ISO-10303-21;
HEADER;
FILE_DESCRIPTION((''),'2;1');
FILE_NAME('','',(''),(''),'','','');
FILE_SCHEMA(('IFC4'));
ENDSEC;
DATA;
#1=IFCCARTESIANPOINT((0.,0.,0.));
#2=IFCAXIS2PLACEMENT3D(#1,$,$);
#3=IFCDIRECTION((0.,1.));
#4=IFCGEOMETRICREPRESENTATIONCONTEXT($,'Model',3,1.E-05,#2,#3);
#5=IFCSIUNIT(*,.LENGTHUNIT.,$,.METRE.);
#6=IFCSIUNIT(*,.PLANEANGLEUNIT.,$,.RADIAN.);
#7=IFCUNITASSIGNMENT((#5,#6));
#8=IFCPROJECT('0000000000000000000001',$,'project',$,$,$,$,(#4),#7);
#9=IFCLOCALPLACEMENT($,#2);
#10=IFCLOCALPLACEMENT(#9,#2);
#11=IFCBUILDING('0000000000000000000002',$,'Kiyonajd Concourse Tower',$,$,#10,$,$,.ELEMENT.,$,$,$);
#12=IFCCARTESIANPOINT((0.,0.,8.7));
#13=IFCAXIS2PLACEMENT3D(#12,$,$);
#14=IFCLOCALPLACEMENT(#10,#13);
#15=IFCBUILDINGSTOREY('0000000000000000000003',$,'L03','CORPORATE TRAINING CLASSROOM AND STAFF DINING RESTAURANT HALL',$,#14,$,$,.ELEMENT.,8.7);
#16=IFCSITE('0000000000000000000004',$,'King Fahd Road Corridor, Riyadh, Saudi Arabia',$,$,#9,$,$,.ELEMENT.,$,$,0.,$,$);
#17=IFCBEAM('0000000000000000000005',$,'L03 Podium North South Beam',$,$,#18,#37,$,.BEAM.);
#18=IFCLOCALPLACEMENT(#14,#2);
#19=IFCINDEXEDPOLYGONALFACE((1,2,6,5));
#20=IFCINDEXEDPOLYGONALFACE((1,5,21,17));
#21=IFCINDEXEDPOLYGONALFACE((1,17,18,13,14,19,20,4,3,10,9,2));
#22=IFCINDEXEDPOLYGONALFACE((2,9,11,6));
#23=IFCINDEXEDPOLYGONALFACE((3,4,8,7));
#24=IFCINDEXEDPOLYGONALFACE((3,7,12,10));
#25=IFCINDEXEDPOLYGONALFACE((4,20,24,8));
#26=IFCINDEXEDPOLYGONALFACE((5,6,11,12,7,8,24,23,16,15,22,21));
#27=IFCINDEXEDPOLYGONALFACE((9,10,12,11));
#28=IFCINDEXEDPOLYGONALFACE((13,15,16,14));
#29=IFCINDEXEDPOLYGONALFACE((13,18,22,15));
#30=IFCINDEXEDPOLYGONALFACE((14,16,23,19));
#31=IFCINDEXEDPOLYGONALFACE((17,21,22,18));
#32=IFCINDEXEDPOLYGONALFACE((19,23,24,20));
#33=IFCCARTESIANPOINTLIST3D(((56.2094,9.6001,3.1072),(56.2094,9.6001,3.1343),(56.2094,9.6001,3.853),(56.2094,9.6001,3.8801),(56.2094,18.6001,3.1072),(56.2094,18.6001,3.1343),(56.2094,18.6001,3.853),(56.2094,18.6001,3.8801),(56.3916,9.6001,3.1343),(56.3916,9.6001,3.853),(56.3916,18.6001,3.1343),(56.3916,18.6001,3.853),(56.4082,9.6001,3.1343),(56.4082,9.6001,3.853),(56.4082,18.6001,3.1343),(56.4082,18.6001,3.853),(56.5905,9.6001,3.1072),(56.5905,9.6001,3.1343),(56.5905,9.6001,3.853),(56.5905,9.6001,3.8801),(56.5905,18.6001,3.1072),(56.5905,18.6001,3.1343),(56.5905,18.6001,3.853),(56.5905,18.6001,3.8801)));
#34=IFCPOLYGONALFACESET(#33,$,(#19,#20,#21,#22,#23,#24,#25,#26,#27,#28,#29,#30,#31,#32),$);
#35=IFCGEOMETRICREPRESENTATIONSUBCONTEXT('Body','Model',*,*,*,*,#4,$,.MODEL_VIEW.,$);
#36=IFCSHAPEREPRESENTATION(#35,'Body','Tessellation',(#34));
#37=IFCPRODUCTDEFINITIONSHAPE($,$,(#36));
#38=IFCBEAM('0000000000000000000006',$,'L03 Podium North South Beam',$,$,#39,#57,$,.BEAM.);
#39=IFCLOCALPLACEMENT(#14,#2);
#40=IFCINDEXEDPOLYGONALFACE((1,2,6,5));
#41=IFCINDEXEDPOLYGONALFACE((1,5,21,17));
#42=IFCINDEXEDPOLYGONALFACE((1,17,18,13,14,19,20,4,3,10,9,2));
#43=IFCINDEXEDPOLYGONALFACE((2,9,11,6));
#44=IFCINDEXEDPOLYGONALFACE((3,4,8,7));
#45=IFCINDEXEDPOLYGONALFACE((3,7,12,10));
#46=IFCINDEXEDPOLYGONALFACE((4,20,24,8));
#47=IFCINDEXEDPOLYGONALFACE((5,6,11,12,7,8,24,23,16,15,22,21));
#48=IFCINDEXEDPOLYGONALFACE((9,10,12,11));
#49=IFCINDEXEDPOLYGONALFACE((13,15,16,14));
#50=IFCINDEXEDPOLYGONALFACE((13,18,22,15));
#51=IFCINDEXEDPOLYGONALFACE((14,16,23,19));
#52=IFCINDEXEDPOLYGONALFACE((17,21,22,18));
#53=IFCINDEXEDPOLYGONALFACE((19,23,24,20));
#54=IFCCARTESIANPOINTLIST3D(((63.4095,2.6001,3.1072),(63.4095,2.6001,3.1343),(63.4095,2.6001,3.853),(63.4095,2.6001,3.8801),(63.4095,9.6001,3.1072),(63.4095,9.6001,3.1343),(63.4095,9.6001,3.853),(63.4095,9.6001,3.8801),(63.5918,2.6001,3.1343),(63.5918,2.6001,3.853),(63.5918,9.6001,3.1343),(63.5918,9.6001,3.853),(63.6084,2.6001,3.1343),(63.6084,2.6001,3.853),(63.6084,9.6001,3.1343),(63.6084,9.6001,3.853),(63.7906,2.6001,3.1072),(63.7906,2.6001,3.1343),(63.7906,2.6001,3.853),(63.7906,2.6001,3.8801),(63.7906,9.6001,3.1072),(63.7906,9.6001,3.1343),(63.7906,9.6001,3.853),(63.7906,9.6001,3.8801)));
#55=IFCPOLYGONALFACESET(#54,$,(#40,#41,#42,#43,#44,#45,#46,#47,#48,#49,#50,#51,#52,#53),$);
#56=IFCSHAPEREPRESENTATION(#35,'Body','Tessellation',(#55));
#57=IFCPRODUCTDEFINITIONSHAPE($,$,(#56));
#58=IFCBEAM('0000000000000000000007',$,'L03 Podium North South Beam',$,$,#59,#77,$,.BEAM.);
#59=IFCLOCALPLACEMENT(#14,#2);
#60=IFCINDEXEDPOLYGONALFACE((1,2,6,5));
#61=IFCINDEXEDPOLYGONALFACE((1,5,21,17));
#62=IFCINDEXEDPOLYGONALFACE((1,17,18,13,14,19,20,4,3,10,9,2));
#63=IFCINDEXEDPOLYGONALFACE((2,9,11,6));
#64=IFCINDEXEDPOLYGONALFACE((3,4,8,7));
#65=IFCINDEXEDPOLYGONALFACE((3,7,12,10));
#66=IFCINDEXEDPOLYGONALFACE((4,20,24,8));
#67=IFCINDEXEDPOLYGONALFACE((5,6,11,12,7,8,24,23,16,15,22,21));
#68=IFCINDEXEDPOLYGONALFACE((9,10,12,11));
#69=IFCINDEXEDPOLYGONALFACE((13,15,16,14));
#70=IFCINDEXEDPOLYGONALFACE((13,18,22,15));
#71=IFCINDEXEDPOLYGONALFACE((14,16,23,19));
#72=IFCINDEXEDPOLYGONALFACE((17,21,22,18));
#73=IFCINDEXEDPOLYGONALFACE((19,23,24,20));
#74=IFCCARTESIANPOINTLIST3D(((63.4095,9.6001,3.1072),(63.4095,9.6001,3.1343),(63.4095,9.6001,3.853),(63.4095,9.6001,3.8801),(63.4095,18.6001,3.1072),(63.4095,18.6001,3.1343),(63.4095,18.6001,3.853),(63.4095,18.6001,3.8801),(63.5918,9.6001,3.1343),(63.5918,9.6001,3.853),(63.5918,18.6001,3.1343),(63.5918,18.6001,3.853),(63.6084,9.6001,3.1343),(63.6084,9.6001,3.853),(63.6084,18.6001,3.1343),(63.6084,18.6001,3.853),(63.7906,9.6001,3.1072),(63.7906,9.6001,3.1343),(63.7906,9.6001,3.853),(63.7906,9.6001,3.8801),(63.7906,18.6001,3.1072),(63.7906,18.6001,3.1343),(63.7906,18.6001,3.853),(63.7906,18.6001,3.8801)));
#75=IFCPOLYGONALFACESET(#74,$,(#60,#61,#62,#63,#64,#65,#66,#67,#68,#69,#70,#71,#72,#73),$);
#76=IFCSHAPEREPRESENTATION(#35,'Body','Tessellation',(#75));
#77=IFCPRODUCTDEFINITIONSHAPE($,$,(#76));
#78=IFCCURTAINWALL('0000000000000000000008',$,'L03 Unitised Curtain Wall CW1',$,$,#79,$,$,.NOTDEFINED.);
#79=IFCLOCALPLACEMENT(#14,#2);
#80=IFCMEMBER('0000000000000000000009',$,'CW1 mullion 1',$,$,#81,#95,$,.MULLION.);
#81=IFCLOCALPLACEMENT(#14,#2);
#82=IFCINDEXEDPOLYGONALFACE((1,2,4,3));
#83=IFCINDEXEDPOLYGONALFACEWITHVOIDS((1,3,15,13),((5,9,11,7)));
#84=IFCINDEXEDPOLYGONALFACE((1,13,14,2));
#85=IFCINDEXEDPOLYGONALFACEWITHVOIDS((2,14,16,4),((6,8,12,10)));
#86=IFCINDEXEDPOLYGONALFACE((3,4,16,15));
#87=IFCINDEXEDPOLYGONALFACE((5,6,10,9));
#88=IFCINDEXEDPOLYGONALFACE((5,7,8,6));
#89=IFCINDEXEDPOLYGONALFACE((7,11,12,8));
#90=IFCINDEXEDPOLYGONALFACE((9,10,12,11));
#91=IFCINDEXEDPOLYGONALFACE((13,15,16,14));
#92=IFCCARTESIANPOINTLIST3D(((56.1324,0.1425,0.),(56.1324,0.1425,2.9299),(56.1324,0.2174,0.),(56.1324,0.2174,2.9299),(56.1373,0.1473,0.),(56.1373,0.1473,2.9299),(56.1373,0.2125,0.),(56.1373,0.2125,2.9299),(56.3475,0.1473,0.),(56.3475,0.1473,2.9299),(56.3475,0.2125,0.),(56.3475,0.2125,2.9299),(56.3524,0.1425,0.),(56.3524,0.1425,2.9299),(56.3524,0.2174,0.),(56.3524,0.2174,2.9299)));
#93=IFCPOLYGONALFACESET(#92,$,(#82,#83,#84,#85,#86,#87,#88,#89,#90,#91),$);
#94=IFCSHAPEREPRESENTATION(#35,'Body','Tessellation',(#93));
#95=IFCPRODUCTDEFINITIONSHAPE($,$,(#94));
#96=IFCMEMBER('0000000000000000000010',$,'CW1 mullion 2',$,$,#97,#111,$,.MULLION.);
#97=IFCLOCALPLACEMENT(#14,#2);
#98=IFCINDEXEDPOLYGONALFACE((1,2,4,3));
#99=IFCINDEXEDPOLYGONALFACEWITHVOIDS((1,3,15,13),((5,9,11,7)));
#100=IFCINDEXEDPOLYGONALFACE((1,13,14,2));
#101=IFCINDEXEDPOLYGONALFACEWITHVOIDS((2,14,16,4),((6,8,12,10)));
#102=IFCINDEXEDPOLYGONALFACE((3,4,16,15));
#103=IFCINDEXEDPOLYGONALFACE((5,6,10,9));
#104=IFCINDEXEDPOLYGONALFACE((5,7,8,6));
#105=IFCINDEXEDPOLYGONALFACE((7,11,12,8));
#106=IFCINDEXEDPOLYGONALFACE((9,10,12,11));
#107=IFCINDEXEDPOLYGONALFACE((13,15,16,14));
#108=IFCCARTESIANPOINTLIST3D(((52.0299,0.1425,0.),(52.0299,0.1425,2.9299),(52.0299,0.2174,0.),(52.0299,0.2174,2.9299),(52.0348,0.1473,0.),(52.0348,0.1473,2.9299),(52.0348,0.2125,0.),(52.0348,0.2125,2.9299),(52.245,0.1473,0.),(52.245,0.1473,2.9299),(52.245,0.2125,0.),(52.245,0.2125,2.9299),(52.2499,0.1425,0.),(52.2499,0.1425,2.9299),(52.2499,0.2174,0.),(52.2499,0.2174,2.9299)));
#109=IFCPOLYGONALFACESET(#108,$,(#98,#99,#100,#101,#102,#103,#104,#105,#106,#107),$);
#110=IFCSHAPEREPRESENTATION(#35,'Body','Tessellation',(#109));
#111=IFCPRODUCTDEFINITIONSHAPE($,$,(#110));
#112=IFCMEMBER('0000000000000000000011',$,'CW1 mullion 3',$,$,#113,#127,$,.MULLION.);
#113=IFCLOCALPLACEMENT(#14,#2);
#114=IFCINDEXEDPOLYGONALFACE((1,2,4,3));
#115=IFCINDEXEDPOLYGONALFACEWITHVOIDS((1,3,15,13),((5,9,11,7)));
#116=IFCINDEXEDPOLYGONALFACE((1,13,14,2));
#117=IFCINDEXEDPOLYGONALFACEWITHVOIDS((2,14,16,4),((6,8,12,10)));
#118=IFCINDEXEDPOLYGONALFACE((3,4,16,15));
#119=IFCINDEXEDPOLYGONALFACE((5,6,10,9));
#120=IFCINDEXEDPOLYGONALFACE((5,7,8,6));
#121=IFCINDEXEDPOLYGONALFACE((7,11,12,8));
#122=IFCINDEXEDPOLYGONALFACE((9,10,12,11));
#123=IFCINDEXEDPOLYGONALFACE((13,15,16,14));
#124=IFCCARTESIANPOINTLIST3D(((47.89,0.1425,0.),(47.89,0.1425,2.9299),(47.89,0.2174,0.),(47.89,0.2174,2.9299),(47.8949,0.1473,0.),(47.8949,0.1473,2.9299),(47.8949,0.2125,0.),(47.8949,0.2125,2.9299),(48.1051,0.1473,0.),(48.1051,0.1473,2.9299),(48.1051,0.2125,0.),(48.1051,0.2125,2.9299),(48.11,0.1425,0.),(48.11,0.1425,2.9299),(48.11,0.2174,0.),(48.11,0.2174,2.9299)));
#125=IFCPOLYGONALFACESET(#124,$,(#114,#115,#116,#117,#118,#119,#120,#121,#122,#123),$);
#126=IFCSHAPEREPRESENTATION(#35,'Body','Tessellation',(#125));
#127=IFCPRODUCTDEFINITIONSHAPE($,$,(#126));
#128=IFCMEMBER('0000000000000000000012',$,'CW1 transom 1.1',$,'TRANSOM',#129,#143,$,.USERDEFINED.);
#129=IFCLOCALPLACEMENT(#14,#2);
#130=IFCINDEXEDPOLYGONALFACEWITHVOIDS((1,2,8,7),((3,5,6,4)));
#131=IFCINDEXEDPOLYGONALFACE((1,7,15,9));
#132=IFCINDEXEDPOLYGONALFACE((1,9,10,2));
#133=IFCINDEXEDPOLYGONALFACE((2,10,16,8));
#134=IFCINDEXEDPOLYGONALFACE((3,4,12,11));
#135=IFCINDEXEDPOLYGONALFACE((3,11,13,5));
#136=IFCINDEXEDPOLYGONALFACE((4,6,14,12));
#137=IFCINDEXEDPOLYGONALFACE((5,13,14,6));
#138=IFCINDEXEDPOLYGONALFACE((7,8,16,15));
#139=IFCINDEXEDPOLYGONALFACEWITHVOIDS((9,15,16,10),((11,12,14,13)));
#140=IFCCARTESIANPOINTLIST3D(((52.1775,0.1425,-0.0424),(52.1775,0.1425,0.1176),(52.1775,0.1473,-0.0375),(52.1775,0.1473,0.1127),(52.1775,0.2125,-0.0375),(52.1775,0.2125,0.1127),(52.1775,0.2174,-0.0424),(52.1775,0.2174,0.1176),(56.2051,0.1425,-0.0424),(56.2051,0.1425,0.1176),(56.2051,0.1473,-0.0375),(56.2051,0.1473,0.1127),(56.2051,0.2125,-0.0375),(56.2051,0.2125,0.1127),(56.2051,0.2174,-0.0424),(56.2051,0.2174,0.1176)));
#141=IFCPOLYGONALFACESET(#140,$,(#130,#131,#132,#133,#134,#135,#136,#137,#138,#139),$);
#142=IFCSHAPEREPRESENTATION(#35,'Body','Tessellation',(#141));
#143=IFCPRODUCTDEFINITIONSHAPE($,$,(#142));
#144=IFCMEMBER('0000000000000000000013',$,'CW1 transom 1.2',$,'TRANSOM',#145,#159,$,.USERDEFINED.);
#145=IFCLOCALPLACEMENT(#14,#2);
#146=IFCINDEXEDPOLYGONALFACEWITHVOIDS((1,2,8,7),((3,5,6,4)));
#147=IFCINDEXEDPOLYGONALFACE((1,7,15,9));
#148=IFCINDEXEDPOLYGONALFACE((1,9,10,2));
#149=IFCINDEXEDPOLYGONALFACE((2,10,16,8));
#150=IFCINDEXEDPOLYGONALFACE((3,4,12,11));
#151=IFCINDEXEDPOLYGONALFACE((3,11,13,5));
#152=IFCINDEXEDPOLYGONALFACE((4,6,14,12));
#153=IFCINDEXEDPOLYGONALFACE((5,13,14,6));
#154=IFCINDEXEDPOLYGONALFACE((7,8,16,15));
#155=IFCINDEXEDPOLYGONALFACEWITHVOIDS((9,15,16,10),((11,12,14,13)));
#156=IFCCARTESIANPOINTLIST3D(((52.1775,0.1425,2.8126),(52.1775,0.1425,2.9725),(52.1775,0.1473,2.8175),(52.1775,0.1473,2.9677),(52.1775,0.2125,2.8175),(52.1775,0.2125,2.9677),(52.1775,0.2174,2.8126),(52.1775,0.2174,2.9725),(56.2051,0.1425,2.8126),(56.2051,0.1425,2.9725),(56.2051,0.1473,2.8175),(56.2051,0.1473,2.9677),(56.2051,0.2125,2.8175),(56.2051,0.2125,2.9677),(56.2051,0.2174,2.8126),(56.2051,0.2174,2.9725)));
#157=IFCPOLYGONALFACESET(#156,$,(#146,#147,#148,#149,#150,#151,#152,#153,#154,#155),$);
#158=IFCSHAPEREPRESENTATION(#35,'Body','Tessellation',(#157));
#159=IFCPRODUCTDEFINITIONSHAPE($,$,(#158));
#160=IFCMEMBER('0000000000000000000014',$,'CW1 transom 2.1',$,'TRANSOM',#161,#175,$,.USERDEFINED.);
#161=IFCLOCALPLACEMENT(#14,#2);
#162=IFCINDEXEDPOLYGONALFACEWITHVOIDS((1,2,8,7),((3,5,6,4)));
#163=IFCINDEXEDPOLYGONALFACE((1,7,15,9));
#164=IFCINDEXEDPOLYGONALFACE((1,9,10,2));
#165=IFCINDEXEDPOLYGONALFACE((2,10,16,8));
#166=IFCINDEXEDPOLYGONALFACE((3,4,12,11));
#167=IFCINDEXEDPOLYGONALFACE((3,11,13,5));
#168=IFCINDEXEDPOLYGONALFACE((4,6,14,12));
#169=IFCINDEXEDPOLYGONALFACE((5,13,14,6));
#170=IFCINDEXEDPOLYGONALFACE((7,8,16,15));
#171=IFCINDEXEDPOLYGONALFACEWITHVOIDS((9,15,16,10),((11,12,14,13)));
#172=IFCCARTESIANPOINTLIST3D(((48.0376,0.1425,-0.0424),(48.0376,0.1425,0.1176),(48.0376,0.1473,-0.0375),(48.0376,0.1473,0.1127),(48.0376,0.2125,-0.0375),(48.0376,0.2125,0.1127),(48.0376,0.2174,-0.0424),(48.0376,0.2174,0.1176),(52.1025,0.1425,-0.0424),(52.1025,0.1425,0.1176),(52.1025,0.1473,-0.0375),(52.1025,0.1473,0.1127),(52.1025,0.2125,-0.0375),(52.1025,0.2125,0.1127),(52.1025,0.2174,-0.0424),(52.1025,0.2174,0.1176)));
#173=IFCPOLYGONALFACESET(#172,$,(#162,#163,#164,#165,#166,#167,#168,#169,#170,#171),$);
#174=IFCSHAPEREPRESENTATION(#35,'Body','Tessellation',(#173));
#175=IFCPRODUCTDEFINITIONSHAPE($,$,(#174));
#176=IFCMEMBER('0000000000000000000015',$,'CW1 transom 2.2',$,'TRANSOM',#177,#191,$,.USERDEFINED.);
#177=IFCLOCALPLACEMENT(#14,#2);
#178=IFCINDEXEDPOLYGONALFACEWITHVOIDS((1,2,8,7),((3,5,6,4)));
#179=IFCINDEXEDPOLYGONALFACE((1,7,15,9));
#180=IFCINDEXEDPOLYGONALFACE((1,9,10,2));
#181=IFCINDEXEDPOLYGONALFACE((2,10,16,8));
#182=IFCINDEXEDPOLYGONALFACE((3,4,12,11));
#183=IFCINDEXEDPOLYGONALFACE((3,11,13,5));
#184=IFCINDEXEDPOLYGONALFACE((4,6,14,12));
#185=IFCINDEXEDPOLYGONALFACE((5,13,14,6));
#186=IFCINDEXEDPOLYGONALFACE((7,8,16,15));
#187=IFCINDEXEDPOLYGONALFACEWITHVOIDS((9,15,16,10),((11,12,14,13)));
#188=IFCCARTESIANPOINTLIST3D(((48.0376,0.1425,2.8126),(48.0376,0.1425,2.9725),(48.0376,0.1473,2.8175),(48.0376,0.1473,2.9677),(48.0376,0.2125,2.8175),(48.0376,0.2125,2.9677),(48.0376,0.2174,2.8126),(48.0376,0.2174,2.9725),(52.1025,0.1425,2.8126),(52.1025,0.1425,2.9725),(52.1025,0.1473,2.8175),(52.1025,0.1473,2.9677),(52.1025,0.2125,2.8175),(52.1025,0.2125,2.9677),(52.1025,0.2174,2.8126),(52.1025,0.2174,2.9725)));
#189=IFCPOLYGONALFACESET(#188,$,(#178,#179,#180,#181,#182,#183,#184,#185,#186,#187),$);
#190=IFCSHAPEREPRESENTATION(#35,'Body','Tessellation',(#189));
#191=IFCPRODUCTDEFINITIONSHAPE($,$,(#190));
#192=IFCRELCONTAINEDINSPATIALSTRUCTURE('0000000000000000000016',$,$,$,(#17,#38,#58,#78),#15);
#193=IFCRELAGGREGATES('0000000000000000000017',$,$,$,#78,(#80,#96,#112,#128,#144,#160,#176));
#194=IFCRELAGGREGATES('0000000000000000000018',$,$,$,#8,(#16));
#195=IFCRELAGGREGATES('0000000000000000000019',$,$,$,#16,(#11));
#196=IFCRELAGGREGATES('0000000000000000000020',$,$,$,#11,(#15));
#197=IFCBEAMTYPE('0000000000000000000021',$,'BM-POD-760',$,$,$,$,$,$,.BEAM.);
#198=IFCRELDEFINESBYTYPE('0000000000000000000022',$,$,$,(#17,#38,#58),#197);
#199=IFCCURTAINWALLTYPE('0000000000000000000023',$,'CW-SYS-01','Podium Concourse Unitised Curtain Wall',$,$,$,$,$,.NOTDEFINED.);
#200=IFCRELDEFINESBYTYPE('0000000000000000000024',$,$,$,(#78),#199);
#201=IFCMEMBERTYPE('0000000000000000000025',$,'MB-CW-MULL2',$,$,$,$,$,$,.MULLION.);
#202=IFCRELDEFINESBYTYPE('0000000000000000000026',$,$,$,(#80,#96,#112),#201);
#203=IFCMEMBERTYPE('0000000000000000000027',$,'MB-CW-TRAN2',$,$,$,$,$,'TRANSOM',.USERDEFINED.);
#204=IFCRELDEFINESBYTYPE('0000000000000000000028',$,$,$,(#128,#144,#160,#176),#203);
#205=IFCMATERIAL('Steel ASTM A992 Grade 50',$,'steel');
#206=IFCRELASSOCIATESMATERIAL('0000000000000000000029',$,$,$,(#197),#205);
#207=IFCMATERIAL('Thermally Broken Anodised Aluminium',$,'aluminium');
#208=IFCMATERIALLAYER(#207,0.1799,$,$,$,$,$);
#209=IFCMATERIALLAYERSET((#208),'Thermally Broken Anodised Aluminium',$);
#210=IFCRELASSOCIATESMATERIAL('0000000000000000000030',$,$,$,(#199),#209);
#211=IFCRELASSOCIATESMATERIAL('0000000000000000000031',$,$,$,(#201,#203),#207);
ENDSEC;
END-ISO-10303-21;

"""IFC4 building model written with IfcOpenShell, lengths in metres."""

from ifc_helpers import new_model, si_unit, direction, frame, origin, origin_2d, place, context, subcontext, project, spatial, hollow_rectangle, i_section, extrude, material, layer, layer_set, material_profile, profile_set, type_object, element, aggregate, save


model = new_model("IFC4")

# Units and contexts
model_context = context("Model", 3, precision=1e-05, world=origin(), true_north=direction((0.0, 1.0)))
body_context = subcontext(model_context, "Body", "Model", "MODEL_VIEW")
ifc_project = project(units=[si_unit("LENGTHUNIT", "METRE"), si_unit("PLANEANGLEUNIT", "RADIAN")], contexts=[model_context])

# Site, building, storey
site_placement = place(None, origin())
site = spatial("IfcSite", under=ifc_project, at=site_placement, Name="King Fahd Road Corridor, Riyadh, Saudi Arabia", CompositionType="ELEMENT", RefElevation=0.0)
building_placement = place(site_placement, origin())
building = spatial("IfcBuilding", under=site, at=building_placement, Name="Kiyonajd Concourse Tower", CompositionType="ELEMENT")
storey_placement = place(building_placement, frame((0.0, 0.0, 8.7)))
storey = spatial("IfcBuildingStorey", under=building, at=storey_placement, Name="L03", Description="CORPORATE TRAINING CLASSROOM AND STAFF DINING RESTAURANT HALL", CompositionType="ELEMENT", Elevation=8.7)

# Beams
ifc_material_1 = material(Name="Steel ASTM A992 Grade 50", Category="steel")
ifc_material_profile_1 = material_profile(ifc_material_1, i_section(OverallWidth=0.3811, OverallDepth=0.7729, WebThickness=0.0166, FlangeThickness=0.0271, at=origin_2d()), Name="W760X257")
ifc_profile_set_1 = profile_set([ifc_material_profile_1], Name="Steel ASTM A992 Grade 50")
beam_type = type_object("IfcBeamType", Name="BM-POD-760", PredefinedType="BEAM", material=ifc_profile_set_1)
beam_1_placement = place(storey_placement, frame((56.3999, 9.6001, 3.4937), z_axis=(0.0, 1.0, 0.0), x_axis=(-1.0, 0.0, 0.0)))
element("IfcBeam", 1, at=beam_1_placement, inside=storey, type_object=beam_type, Name="L03 Podium North South Beam", PredefinedType="BEAM", context=body_context, shape_type="SweptSolid", body=[
    extrude(i_section(OverallWidth=0.3811, OverallDepth=0.7729, WebThickness=0.0166, FlangeThickness=0.0271, at=origin_2d()), origin(), (0.0, 0.0, 1.0), 9.0),
])
beam_2_placement = place(storey_placement, frame((63.6001, 2.6001, 3.4937), z_axis=(0.0, 1.0, 0.0), x_axis=(-1.0, 0.0, 0.0)))
element("IfcBeam", 2, at=beam_2_placement, inside=storey, type_object=beam_type, Name="L03 Podium North South Beam", PredefinedType="BEAM", context=body_context, shape_type="SweptSolid", body=[
    extrude(i_section(OverallWidth=0.3811, OverallDepth=0.7729, WebThickness=0.0166, FlangeThickness=0.0271, at=origin_2d()), origin(), (0.0, 0.0, 1.0), 7.0),
])
beam_3_placement = place(storey_placement, frame((63.6001, 9.6001, 3.4937), z_axis=(0.0, 1.0, 0.0), x_axis=(-1.0, 0.0, 0.0)))
element("IfcBeam", 3, at=beam_3_placement, inside=storey, type_object=beam_type, Name="L03 Podium North South Beam", PredefinedType="BEAM", context=body_context, shape_type="SweptSolid", body=[
    extrude(i_section(OverallWidth=0.3811, OverallDepth=0.7729, WebThickness=0.0166, FlangeThickness=0.0271, at=origin_2d()), origin(), (0.0, 0.0, 1.0), 9.0),
])

# Curtain wall, members
ifc_material_2 = material(Name="Thermally Broken Anodised Aluminium", Category="aluminium")
ifc_layer_1 = layer(ifc_material_2, 0.1799)
ifc_layer_set_1 = layer_set([ifc_layer_1], Name="Thermally Broken Anodised Aluminium")
curtain_wall_type = type_object("IfcCurtainWallType", Name="CW-SYS-01", Description="Podium Concourse Unitised Curtain Wall", PredefinedType="NOTDEFINED", material=ifc_layer_set_1)
curtain_wall_placement = place(storey_placement, origin())
curtain_wall = element("IfcCurtainWall", 4, at=curtain_wall_placement, inside=storey, type_object=curtain_wall_type, Name="L03 Unitised Curtain Wall CW1", PredefinedType="NOTDEFINED")
ifc_material_profile_2 = material_profile(ifc_material_2, hollow_rectangle(XDim=0.075, YDim=0.22, WallThickness=0.0049, at=origin_2d()), Name="MULL-75x220")
ifc_profile_set_2 = profile_set([ifc_material_profile_2], Name="Thermally Broken Anodised Aluminium")
member_type_1 = type_object("IfcMemberType", Name="MB-CW-MULL2", PredefinedType="MULLION", material=ifc_profile_set_2)
member_1_placement = place(storey_placement, frame((56.2424, 0.1799, 0.0), z_axis=(0.0, 0.0, 1.0), x_axis=(0.0, -1.0, 0.0)))
member_1 = element("IfcMember", 5, at=member_1_placement, type_object=member_type_1, Name="CW1 mullion 1", PredefinedType="MULLION", context=body_context, shape_type="SweptSolid", body=[
    extrude(hollow_rectangle(XDim=0.075, YDim=0.22, WallThickness=0.0049, at=origin_2d()), origin(), (0.0, 0.0, 1.0), 2.9299),
])
member_2_placement = place(storey_placement, frame((52.1399, 0.1799, 0.0), z_axis=(0.0, 0.0, 1.0), x_axis=(0.0, -1.0, 0.0)))
member_2 = element("IfcMember", 6, at=member_2_placement, type_object=member_type_1, Name="CW1 mullion 2", PredefinedType="MULLION", context=body_context, shape_type="SweptSolid", body=[
    extrude(hollow_rectangle(XDim=0.075, YDim=0.22, WallThickness=0.0049, at=origin_2d()), origin(), (0.0, 0.0, 1.0), 2.9299),
])
member_3_placement = place(storey_placement, frame((48.0, 0.1799, 0.0), z_axis=(0.0, 0.0, 1.0), x_axis=(0.0, -1.0, 0.0)))
member_3 = element("IfcMember", 7, at=member_3_placement, type_object=member_type_1, Name="CW1 mullion 3", PredefinedType="MULLION", context=body_context, shape_type="SweptSolid", body=[
    extrude(hollow_rectangle(XDim=0.075, YDim=0.22, WallThickness=0.0049, at=origin_2d()), origin(), (0.0, 0.0, 1.0), 2.9299),
])
ifc_material_profile_3 = material_profile(ifc_material_2, hollow_rectangle(XDim=0.075, YDim=0.1599, WallThickness=0.0049, at=origin_2d()), Name="TRAN-75x160")
ifc_profile_set_3 = profile_set([ifc_material_profile_3], Name="Thermally Broken Anodised Aluminium")
member_type_2 = type_object("IfcMemberType", Name="MB-CW-TRAN2", ElementType="TRANSOM", PredefinedType="USERDEFINED", material=ifc_profile_set_3)
member_4_placement = place(storey_placement, frame((56.2051, 0.1799, 0.0376), z_axis=(-1.0, 0.0, 0.0), x_axis=(0.0, -1.0, 0.0)))
member_4 = element("IfcMember", 8, at=member_4_placement, type_object=member_type_2, Name="CW1 transom 1.1", ObjectType="TRANSOM", PredefinedType="USERDEFINED", context=body_context, shape_type="SweptSolid", body=[
    extrude(hollow_rectangle(XDim=0.075, YDim=0.1599, WallThickness=0.0049, at=origin_2d()), origin(), (0.0, 0.0, 1.0), 4.0276),
])
member_5_placement = place(storey_placement, frame((56.2051, 0.1799, 2.8926), z_axis=(-1.0, 0.0, 0.0), x_axis=(0.0, -1.0, 0.0)))
member_5 = element("IfcMember", 9, at=member_5_placement, type_object=member_type_2, Name="CW1 transom 1.2", ObjectType="TRANSOM", PredefinedType="USERDEFINED", context=body_context, shape_type="SweptSolid", body=[
    extrude(hollow_rectangle(XDim=0.075, YDim=0.1599, WallThickness=0.0049, at=origin_2d()), origin(), (0.0, 0.0, 1.0), 4.0276),
])
member_6_placement = place(storey_placement, frame((52.1025, 0.1799, 0.0376), z_axis=(-1.0, 0.0, 0.0), x_axis=(0.0, -1.0, 0.0)))
member_6 = element("IfcMember", 10, at=member_6_placement, type_object=member_type_2, Name="CW1 transom 2.1", ObjectType="TRANSOM", PredefinedType="USERDEFINED", context=body_context, shape_type="SweptSolid", body=[
    extrude(hollow_rectangle(XDim=0.075, YDim=0.1599, WallThickness=0.0049, at=origin_2d()), origin(), (0.0, 0.0, 1.0), 4.0649),
])
member_7_placement = place(storey_placement, frame((52.1025, 0.1799, 2.8926), z_axis=(-1.0, 0.0, 0.0), x_axis=(0.0, -1.0, 0.0)))
member_7 = element("IfcMember", 11, at=member_7_placement, type_object=member_type_2, Name="CW1 transom 2.2", ObjectType="TRANSOM", PredefinedType="USERDEFINED", context=body_context, shape_type="SweptSolid", body=[
    extrude(hollow_rectangle(XDim=0.075, YDim=0.1599, WallThickness=0.0049, at=origin_2d()), origin(), (0.0, 0.0, 1.0), 4.0649),
])
aggregate(curtain_wall, [member_1, member_2, member_3, member_4, member_5, member_6, member_7])

save(model, "model.ifc")
